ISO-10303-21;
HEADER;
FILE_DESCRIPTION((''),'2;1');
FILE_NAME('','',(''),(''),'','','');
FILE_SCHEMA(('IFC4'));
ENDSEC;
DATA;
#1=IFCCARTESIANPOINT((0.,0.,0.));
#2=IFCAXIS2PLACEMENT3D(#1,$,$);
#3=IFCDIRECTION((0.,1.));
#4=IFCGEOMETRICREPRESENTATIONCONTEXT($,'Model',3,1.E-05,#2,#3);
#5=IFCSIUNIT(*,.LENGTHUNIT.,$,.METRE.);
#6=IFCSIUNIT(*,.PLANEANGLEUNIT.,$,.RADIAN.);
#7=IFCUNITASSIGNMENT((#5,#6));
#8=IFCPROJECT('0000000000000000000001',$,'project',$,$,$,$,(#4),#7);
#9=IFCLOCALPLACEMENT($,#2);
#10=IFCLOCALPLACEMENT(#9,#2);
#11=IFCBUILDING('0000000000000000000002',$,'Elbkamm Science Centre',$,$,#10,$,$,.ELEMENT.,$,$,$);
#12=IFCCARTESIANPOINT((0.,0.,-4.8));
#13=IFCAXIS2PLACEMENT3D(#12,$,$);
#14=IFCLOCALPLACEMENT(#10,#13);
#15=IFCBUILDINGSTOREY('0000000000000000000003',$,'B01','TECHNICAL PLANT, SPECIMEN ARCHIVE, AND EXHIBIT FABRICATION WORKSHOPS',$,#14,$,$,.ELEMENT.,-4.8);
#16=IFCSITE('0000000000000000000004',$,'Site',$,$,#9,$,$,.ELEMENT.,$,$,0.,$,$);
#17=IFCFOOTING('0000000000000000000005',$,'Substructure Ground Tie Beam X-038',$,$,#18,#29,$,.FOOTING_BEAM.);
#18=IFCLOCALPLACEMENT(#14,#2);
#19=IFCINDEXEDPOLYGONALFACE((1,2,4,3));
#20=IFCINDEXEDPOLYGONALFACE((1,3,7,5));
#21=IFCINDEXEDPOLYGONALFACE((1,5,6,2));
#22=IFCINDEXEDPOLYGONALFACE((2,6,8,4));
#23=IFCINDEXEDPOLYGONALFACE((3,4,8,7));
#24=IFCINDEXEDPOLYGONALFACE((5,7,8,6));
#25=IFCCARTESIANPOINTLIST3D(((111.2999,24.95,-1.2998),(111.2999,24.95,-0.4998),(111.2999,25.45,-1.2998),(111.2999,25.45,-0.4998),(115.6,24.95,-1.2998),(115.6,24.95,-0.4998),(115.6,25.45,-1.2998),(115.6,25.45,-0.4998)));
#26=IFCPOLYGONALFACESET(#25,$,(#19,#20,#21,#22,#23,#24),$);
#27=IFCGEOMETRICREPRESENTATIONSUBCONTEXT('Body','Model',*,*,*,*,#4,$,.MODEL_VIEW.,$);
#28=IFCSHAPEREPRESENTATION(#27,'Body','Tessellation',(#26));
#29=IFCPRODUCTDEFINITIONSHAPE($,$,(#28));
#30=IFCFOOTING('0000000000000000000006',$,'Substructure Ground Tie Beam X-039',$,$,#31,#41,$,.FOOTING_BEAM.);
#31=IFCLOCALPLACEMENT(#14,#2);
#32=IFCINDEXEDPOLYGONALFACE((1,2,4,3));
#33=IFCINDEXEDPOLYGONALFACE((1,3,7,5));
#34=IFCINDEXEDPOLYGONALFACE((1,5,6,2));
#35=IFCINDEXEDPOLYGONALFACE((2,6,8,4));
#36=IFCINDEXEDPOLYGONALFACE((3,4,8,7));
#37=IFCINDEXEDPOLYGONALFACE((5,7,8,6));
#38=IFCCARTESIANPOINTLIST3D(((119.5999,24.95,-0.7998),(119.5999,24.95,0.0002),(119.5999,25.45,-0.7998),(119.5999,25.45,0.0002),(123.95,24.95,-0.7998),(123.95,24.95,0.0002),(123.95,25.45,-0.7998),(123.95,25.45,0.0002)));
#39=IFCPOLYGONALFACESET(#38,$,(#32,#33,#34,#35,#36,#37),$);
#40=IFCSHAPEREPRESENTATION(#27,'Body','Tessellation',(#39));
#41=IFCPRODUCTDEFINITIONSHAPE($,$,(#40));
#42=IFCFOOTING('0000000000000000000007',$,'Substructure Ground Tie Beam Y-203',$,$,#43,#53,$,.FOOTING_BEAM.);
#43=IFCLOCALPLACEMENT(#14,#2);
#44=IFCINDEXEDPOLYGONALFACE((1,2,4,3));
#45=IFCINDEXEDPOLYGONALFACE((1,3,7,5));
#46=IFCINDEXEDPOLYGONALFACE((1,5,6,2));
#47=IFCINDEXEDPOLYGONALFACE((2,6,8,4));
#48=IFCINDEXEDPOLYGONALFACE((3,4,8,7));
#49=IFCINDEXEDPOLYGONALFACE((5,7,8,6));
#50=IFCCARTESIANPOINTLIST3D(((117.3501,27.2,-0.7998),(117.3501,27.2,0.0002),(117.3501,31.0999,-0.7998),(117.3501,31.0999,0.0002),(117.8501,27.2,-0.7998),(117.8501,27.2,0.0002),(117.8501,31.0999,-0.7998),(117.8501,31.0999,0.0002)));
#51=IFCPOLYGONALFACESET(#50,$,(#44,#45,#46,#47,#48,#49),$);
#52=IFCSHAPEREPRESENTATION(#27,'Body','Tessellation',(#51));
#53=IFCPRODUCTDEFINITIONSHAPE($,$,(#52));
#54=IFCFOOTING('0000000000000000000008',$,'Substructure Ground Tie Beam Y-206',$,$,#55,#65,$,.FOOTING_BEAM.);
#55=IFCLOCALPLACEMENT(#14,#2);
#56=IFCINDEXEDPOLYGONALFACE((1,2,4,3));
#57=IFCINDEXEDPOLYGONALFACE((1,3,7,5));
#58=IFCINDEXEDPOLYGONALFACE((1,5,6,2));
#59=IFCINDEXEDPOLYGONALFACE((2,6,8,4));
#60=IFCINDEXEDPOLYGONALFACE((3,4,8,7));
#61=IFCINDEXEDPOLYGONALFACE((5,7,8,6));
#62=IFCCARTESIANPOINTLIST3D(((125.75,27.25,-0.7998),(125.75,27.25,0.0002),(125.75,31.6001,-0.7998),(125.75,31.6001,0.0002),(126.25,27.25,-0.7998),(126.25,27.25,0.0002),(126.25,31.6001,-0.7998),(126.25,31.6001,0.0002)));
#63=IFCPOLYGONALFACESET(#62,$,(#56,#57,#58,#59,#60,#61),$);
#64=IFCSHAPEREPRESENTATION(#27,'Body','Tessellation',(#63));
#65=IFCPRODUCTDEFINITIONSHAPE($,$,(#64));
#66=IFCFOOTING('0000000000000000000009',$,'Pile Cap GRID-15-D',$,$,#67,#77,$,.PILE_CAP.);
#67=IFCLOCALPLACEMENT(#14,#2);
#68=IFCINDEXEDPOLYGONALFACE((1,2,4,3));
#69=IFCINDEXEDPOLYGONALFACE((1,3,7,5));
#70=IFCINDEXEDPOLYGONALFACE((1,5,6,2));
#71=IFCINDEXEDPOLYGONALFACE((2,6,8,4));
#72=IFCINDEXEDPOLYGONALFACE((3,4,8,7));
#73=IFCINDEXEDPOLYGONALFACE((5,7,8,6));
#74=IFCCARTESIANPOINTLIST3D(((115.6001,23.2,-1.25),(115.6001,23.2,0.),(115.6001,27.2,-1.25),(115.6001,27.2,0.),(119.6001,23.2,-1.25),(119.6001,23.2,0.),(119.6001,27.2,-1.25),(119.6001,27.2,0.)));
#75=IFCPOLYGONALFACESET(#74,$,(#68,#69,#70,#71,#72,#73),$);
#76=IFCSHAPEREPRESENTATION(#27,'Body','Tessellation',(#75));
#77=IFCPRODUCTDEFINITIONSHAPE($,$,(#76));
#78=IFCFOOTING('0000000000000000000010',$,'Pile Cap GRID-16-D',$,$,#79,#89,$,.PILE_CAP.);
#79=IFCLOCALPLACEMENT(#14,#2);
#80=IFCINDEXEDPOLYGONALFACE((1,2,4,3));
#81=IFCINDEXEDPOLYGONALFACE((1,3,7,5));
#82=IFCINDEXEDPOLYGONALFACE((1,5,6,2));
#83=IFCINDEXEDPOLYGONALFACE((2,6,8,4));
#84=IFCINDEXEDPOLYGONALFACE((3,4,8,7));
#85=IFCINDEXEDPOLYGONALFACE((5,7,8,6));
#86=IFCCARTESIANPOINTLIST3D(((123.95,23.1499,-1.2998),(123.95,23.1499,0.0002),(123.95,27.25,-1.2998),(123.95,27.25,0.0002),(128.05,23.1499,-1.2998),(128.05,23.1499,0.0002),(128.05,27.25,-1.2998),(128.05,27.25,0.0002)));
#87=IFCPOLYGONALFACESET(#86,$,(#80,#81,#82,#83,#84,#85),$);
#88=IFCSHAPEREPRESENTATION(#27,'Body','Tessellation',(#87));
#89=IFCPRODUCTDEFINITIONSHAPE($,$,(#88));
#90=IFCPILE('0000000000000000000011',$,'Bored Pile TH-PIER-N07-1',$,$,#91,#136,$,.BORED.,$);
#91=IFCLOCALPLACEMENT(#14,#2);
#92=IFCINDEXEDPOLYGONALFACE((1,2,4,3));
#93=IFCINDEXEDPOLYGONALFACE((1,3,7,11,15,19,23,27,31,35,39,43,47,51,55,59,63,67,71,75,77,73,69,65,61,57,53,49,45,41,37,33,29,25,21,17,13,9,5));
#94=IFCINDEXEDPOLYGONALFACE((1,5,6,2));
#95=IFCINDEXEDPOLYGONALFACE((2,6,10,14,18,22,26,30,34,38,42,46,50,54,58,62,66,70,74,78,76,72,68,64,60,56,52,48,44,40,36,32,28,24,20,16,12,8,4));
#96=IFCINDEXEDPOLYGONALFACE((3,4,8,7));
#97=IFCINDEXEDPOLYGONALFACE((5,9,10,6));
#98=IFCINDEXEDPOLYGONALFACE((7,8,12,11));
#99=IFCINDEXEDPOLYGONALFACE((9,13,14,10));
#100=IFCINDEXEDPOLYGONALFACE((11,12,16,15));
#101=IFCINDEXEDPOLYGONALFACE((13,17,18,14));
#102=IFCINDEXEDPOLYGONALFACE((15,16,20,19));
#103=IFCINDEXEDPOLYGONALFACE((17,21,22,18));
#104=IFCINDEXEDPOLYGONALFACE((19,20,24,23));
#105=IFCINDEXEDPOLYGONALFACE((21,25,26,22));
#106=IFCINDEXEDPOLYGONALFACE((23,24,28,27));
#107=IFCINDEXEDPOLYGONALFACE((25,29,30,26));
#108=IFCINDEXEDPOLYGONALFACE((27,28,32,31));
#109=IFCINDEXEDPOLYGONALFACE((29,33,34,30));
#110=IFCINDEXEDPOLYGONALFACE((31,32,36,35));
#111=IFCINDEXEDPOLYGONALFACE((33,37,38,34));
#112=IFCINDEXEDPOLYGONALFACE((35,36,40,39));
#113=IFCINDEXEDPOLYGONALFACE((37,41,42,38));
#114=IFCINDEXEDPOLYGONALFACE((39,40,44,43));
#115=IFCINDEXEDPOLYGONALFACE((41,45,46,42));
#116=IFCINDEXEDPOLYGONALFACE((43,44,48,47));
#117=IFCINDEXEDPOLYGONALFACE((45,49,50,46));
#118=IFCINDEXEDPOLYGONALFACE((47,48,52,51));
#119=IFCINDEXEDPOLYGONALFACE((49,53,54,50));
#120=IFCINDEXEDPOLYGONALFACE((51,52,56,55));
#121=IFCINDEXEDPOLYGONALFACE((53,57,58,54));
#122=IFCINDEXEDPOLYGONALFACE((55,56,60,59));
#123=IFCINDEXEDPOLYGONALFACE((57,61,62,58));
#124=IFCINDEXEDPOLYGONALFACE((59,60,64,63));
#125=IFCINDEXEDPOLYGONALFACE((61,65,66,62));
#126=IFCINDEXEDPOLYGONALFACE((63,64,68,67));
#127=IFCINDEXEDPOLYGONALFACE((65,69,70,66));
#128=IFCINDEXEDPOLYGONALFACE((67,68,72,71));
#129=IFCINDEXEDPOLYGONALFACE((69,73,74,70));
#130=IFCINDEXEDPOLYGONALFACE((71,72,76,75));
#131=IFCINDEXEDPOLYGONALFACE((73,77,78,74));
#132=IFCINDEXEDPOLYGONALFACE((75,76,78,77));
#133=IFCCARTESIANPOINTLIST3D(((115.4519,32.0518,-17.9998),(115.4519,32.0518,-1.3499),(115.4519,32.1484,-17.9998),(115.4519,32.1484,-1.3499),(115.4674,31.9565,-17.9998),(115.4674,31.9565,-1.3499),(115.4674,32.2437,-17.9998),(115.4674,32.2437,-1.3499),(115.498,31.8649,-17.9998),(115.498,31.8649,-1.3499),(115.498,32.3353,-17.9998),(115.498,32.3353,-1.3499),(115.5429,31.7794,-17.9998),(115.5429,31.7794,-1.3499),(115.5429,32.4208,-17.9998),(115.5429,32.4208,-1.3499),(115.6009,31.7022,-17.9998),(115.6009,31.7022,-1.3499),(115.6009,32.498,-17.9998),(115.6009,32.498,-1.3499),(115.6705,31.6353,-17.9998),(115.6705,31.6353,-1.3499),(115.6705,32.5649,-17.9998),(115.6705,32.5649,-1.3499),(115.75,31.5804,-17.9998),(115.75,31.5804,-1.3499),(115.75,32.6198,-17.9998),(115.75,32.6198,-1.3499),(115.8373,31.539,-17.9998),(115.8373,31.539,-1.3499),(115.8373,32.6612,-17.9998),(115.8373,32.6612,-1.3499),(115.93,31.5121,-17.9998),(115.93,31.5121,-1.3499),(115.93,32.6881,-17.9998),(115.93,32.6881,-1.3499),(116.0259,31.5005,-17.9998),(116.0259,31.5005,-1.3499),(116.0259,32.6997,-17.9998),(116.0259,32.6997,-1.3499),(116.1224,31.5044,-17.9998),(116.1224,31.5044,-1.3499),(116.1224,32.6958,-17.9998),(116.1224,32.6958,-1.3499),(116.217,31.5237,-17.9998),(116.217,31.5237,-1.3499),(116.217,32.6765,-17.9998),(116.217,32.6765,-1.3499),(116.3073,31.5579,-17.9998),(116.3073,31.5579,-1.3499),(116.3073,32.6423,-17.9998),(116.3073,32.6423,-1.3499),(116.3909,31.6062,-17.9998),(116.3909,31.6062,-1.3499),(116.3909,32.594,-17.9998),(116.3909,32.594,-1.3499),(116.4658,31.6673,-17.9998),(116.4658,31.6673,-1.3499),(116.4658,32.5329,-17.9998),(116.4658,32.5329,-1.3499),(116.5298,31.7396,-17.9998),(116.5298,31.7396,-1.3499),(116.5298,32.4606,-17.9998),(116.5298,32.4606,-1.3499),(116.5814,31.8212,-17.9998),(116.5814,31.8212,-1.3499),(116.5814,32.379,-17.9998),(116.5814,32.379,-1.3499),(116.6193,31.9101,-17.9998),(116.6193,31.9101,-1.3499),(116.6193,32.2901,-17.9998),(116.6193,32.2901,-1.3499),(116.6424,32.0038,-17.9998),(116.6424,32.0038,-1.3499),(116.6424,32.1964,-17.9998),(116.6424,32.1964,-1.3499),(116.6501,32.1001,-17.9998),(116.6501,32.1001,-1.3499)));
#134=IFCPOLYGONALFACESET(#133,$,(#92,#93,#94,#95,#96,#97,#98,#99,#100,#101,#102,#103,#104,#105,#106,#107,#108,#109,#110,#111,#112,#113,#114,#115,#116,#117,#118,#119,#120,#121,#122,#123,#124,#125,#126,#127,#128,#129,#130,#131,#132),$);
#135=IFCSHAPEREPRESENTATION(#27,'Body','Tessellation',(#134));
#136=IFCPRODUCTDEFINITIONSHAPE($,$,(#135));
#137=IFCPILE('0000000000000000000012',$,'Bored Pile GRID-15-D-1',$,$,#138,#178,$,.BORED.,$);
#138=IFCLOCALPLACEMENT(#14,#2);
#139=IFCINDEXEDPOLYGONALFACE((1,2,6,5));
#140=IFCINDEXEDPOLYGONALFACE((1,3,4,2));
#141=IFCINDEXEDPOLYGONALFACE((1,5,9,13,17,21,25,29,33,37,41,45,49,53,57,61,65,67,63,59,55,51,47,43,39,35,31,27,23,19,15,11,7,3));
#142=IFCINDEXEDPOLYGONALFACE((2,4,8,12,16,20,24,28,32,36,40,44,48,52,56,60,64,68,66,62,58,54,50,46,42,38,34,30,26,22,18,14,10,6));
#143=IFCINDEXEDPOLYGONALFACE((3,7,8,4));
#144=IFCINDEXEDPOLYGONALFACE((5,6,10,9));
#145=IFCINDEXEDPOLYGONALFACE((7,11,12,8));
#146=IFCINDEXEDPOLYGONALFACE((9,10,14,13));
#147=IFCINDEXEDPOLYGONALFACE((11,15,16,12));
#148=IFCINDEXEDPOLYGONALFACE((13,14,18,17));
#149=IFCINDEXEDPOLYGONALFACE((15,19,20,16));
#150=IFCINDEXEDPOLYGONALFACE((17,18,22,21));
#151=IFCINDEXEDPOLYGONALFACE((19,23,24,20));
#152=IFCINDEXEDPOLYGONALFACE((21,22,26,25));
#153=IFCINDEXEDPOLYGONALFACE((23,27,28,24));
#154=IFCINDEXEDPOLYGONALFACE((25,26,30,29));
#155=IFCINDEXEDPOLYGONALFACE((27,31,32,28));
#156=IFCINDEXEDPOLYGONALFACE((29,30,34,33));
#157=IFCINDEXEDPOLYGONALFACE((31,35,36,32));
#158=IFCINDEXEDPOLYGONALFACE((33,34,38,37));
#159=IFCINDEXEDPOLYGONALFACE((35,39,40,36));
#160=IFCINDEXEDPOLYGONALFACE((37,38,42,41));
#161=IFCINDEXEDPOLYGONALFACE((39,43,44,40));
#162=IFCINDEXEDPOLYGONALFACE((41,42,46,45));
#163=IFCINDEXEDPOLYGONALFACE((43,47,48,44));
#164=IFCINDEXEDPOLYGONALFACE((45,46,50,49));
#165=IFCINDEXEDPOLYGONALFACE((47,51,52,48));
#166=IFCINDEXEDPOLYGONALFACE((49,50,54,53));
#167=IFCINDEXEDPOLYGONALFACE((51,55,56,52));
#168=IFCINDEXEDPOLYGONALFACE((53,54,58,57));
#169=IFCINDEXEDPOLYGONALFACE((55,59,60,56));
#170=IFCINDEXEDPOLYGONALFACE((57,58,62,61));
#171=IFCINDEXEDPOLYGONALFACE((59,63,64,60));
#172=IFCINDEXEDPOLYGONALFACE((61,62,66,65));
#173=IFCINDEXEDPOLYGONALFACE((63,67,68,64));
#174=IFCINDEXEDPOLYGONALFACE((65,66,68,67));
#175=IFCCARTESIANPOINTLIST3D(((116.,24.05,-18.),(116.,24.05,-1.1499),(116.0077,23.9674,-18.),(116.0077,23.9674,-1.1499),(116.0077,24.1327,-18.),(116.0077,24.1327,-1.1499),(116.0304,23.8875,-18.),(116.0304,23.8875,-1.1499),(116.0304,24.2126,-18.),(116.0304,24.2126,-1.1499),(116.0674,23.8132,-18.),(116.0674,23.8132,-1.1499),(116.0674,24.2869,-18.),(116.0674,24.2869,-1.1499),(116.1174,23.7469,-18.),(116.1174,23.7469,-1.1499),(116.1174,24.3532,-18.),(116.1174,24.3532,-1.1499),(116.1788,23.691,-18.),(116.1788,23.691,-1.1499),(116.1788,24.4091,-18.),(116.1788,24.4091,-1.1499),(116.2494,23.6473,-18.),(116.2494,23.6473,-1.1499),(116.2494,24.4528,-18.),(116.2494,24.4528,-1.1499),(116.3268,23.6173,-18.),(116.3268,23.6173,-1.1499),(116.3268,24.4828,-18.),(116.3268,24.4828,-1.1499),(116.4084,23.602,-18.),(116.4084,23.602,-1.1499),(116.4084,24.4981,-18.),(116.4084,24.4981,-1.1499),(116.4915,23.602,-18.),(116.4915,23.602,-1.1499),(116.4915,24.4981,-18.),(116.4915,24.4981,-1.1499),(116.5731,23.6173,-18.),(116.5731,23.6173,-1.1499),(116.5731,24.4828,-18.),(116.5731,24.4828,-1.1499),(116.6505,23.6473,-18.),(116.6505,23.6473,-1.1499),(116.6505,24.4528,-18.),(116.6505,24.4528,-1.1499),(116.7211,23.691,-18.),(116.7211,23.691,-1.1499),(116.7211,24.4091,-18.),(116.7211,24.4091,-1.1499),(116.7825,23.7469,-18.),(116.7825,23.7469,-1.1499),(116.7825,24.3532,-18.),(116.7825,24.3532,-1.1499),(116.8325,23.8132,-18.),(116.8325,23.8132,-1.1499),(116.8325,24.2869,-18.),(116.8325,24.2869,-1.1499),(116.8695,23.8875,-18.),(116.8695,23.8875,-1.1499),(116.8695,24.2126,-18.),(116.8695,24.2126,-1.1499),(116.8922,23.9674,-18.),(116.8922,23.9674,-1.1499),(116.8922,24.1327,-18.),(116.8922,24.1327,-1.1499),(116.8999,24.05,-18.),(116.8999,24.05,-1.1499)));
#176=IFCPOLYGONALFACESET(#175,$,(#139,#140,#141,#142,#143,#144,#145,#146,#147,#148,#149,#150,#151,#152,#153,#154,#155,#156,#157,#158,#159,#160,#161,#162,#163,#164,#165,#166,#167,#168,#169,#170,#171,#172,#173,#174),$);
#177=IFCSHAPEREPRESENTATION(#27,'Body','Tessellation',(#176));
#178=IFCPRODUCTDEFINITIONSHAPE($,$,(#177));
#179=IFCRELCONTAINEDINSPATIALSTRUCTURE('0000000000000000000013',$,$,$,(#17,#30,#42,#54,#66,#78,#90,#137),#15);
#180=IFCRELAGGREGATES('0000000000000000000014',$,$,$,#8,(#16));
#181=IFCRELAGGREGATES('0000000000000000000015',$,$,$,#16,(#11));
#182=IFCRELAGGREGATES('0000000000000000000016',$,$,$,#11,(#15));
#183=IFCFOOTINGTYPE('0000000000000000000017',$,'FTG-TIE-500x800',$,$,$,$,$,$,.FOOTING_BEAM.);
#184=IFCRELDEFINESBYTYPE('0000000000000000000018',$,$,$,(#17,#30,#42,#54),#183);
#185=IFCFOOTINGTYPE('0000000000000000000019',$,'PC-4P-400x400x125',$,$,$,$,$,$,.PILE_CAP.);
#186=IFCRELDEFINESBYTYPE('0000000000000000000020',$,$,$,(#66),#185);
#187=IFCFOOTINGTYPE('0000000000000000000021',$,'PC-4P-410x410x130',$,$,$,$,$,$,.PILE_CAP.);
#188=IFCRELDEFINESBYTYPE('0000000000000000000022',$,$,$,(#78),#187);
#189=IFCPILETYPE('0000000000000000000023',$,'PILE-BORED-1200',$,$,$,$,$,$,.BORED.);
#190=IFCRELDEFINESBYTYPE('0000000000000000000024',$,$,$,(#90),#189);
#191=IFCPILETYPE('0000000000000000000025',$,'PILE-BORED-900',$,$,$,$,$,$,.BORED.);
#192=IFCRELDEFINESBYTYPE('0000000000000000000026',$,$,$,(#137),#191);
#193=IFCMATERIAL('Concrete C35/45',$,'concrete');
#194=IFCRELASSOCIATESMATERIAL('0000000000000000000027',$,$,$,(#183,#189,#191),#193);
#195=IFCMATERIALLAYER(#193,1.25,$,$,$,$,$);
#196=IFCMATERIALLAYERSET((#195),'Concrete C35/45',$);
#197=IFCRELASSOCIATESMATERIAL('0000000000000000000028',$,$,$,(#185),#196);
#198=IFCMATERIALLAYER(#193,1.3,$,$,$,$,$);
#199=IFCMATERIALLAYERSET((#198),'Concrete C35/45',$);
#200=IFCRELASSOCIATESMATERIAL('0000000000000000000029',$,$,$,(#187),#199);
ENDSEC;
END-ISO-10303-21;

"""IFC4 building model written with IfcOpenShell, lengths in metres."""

from ifc_helpers import new_model, si_unit, direction, frame, origin, origin_2d, place, context, subcontext, project, spatial, rectangle, circle, extrude, material, layer, layer_set, material_profile, profile_set, type_object, element, save


model = new_model("IFC4")

# Units and contexts
model_context = context("Model", 3, precision=1e-05, world=origin(), true_north=direction((0.0, 1.0)))
body_context = subcontext(model_context, "Body", "Model", "MODEL_VIEW")
ifc_project = project(units=[si_unit("LENGTHUNIT", "METRE"), si_unit("PLANEANGLEUNIT", "RADIAN")], contexts=[model_context])

# Site, building, storey
site_placement = place(None, origin())
site = spatial("IfcSite", under=ifc_project, at=site_placement, Name="Site", CompositionType="ELEMENT", RefElevation=0.0)
building_placement = place(site_placement, origin())
building = spatial("IfcBuilding", under=site, at=building_placement, Name="Elbkamm Science Centre", CompositionType="ELEMENT")
storey_placement = place(building_placement, frame((0.0, 0.0, -4.8)))
storey = spatial("IfcBuildingStorey", under=building, at=storey_placement, Name="B01", Description="TECHNICAL PLANT, SPECIMEN ARCHIVE, AND EXHIBIT FABRICATION WORKSHOPS", CompositionType="ELEMENT", Elevation=-4.8)

# Footings
ifc_material_1 = material(Name="Concrete C35/45", Category="concrete")
footing_type_1 = type_object("IfcFootingType", Name="FTG-TIE-500x800", PredefinedType="FOOTING_BEAM", material=ifc_material_1)
footing_1_placement = place(storey_placement, frame((113.45, 25.2, -1.2998), z_axis=(0.0, 0.0, 1.0), x_axis=(1.0, 0.0, 0.0)))
element("IfcFooting", 1, at=footing_1_placement, inside=storey, type_object=footing_type_1, Name="Substructure Ground Tie Beam X-038", PredefinedType="FOOTING_BEAM", context=body_context, shape_type="SweptSolid", body=[
    extrude(rectangle(XDim=4.3, YDim=0.5, at=origin_2d()), origin(), (0.0, 0.0, 1.0), 0.8),
])
footing_2_placement = place(storey_placement, frame((121.7749, 25.2, -0.7998), z_axis=(0.0, 0.0, 1.0), x_axis=(1.0, 0.0, 0.0)))
element("IfcFooting", 2, at=footing_2_placement, inside=storey, type_object=footing_type_1, Name="Substructure Ground Tie Beam X-039", PredefinedType="FOOTING_BEAM", context=body_context, shape_type="SweptSolid", body=[
    extrude(rectangle(XDim=4.3501, YDim=0.5, at=origin_2d()), origin(), (0.0, 0.0, 1.0), 0.8),
])
footing_3_placement = place(storey_placement, frame((117.6001, 29.1499, -0.7998), z_axis=(0.0, 0.0, 1.0), x_axis=(1.0, 0.0, 0.0)))
element("IfcFooting", 3, at=footing_3_placement, inside=storey, type_object=footing_type_1, Name="Substructure Ground Tie Beam Y-203", PredefinedType="FOOTING_BEAM", context=body_context, shape_type="SweptSolid", body=[
    extrude(rectangle(XDim=0.5, YDim=3.8999, at=origin_2d()), origin(), (0.0, 0.0, 1.0), 0.8),
])
footing_4_placement = place(storey_placement, frame((126.0, 29.425, -0.7998), z_axis=(0.0, 0.0, 1.0), x_axis=(1.0, 0.0, 0.0)))
element("IfcFooting", 4, at=footing_4_placement, inside=storey, type_object=footing_type_1, Name="Substructure Ground Tie Beam Y-206", PredefinedType="FOOTING_BEAM", context=body_context, shape_type="SweptSolid", body=[
    extrude(rectangle(XDim=0.5, YDim=4.3501, at=origin_2d()), origin(), (0.0, 0.0, 1.0), 0.8),
])
ifc_layer_1 = layer(ifc_material_1, 1.25)
ifc_layer_set_1 = layer_set([ifc_layer_1], Name="Concrete C35/45")
footing_type_2 = type_object("IfcFootingType", Name="PC-4P-400x400x125", PredefinedType="PILE_CAP", material=ifc_layer_set_1)
footing_5_placement = place(storey_placement, frame((117.6001, 25.2, -1.25), z_axis=(0.0, 0.0, 1.0), x_axis=(1.0, 0.0, 0.0)))
element("IfcFooting", 5, at=footing_5_placement, inside=storey, type_object=footing_type_2, Name="Pile Cap GRID-15-D", PredefinedType="PILE_CAP", context=body_context, shape_type="SweptSolid", body=[
    extrude(rectangle(XDim=4.0, YDim=4.0, at=origin_2d()), origin(), (0.0, 0.0, 1.0), 1.25),
])
ifc_layer_2 = layer(ifc_material_1, 1.3)
ifc_layer_set_2 = layer_set([ifc_layer_2], Name="Concrete C35/45")
footing_type_3 = type_object("IfcFootingType", Name="PC-4P-410x410x130", PredefinedType="PILE_CAP", material=ifc_layer_set_2)
footing_6_placement = place(storey_placement, frame((126.0, 25.2, -1.2998), z_axis=(0.0, 0.0, 1.0), x_axis=(1.0, 0.0, 0.0)))
element("IfcFooting", 6, at=footing_6_placement, inside=storey, type_object=footing_type_3, Name="Pile Cap GRID-16-D", PredefinedType="PILE_CAP", context=body_context, shape_type="SweptSolid", body=[
    extrude(rectangle(XDim=4.1001, YDim=4.1001, at=origin_2d()), origin(), (0.0, 0.0, 1.0), 1.3),
])

# Piles
ifc_material_profile_1 = material_profile(ifc_material_1, circle(Radius=0.6001, at=origin_2d()), Name="PILE D1200")
ifc_profile_set_1 = profile_set([ifc_material_profile_1], Name="Concrete C35/45")
pile_type_1 = type_object("IfcPileType", Name="PILE-BORED-1200", PredefinedType="BORED", material=ifc_profile_set_1)
pile_placement = place(storey_placement, frame((116.05, 32.1001, -1.3499), z_axis=(0.0, 0.0, -1.0), x_axis=(1.0, 0.0, 0.0)))
element("IfcPile", 7, at=pile_placement, inside=storey, type_object=pile_type_1, Name="Bored Pile TH-PIER-N07-1", PredefinedType="BORED", context=body_context, shape_type="SweptSolid", body=[
    extrude(circle(Radius=0.6001, at=origin_2d()), origin(), (0.0, 0.0, 1.0), 16.6499),
])
ifc_material_profile_2 = material_profile(ifc_material_1, circle(Radius=0.45, at=origin_2d()), Name="PILE D900")
ifc_profile_set_2 = profile_set([ifc_material_profile_2], Name="Concrete C35/45")
pile_type_2 = type_object("IfcPileType", Name="PILE-BORED-900", PredefinedType="BORED", material=ifc_profile_set_2)
for number, where, z_axis, x_axis, name in (
    (8, (116.45, 24.05, -1.1499), (0.0, 0.0, -1.0), (1.0, 0.0, 0.0), "Bored Pile GRID-15-D-1"),
):
    element("IfcPile", number, at=place(storey_placement, frame(where, z_axis=z_axis, x_axis=x_axis)), inside=storey, type_object=pile_type_2, Name=name, PredefinedType="BORED", context=body_context, shape_type="SweptSolid", body=[
        extrude(circle(Radius=0.45, at=origin_2d()), origin(), (0.0, 0.0, 1.0), 16.8501),
    ])

save(model, "model.ifc")
